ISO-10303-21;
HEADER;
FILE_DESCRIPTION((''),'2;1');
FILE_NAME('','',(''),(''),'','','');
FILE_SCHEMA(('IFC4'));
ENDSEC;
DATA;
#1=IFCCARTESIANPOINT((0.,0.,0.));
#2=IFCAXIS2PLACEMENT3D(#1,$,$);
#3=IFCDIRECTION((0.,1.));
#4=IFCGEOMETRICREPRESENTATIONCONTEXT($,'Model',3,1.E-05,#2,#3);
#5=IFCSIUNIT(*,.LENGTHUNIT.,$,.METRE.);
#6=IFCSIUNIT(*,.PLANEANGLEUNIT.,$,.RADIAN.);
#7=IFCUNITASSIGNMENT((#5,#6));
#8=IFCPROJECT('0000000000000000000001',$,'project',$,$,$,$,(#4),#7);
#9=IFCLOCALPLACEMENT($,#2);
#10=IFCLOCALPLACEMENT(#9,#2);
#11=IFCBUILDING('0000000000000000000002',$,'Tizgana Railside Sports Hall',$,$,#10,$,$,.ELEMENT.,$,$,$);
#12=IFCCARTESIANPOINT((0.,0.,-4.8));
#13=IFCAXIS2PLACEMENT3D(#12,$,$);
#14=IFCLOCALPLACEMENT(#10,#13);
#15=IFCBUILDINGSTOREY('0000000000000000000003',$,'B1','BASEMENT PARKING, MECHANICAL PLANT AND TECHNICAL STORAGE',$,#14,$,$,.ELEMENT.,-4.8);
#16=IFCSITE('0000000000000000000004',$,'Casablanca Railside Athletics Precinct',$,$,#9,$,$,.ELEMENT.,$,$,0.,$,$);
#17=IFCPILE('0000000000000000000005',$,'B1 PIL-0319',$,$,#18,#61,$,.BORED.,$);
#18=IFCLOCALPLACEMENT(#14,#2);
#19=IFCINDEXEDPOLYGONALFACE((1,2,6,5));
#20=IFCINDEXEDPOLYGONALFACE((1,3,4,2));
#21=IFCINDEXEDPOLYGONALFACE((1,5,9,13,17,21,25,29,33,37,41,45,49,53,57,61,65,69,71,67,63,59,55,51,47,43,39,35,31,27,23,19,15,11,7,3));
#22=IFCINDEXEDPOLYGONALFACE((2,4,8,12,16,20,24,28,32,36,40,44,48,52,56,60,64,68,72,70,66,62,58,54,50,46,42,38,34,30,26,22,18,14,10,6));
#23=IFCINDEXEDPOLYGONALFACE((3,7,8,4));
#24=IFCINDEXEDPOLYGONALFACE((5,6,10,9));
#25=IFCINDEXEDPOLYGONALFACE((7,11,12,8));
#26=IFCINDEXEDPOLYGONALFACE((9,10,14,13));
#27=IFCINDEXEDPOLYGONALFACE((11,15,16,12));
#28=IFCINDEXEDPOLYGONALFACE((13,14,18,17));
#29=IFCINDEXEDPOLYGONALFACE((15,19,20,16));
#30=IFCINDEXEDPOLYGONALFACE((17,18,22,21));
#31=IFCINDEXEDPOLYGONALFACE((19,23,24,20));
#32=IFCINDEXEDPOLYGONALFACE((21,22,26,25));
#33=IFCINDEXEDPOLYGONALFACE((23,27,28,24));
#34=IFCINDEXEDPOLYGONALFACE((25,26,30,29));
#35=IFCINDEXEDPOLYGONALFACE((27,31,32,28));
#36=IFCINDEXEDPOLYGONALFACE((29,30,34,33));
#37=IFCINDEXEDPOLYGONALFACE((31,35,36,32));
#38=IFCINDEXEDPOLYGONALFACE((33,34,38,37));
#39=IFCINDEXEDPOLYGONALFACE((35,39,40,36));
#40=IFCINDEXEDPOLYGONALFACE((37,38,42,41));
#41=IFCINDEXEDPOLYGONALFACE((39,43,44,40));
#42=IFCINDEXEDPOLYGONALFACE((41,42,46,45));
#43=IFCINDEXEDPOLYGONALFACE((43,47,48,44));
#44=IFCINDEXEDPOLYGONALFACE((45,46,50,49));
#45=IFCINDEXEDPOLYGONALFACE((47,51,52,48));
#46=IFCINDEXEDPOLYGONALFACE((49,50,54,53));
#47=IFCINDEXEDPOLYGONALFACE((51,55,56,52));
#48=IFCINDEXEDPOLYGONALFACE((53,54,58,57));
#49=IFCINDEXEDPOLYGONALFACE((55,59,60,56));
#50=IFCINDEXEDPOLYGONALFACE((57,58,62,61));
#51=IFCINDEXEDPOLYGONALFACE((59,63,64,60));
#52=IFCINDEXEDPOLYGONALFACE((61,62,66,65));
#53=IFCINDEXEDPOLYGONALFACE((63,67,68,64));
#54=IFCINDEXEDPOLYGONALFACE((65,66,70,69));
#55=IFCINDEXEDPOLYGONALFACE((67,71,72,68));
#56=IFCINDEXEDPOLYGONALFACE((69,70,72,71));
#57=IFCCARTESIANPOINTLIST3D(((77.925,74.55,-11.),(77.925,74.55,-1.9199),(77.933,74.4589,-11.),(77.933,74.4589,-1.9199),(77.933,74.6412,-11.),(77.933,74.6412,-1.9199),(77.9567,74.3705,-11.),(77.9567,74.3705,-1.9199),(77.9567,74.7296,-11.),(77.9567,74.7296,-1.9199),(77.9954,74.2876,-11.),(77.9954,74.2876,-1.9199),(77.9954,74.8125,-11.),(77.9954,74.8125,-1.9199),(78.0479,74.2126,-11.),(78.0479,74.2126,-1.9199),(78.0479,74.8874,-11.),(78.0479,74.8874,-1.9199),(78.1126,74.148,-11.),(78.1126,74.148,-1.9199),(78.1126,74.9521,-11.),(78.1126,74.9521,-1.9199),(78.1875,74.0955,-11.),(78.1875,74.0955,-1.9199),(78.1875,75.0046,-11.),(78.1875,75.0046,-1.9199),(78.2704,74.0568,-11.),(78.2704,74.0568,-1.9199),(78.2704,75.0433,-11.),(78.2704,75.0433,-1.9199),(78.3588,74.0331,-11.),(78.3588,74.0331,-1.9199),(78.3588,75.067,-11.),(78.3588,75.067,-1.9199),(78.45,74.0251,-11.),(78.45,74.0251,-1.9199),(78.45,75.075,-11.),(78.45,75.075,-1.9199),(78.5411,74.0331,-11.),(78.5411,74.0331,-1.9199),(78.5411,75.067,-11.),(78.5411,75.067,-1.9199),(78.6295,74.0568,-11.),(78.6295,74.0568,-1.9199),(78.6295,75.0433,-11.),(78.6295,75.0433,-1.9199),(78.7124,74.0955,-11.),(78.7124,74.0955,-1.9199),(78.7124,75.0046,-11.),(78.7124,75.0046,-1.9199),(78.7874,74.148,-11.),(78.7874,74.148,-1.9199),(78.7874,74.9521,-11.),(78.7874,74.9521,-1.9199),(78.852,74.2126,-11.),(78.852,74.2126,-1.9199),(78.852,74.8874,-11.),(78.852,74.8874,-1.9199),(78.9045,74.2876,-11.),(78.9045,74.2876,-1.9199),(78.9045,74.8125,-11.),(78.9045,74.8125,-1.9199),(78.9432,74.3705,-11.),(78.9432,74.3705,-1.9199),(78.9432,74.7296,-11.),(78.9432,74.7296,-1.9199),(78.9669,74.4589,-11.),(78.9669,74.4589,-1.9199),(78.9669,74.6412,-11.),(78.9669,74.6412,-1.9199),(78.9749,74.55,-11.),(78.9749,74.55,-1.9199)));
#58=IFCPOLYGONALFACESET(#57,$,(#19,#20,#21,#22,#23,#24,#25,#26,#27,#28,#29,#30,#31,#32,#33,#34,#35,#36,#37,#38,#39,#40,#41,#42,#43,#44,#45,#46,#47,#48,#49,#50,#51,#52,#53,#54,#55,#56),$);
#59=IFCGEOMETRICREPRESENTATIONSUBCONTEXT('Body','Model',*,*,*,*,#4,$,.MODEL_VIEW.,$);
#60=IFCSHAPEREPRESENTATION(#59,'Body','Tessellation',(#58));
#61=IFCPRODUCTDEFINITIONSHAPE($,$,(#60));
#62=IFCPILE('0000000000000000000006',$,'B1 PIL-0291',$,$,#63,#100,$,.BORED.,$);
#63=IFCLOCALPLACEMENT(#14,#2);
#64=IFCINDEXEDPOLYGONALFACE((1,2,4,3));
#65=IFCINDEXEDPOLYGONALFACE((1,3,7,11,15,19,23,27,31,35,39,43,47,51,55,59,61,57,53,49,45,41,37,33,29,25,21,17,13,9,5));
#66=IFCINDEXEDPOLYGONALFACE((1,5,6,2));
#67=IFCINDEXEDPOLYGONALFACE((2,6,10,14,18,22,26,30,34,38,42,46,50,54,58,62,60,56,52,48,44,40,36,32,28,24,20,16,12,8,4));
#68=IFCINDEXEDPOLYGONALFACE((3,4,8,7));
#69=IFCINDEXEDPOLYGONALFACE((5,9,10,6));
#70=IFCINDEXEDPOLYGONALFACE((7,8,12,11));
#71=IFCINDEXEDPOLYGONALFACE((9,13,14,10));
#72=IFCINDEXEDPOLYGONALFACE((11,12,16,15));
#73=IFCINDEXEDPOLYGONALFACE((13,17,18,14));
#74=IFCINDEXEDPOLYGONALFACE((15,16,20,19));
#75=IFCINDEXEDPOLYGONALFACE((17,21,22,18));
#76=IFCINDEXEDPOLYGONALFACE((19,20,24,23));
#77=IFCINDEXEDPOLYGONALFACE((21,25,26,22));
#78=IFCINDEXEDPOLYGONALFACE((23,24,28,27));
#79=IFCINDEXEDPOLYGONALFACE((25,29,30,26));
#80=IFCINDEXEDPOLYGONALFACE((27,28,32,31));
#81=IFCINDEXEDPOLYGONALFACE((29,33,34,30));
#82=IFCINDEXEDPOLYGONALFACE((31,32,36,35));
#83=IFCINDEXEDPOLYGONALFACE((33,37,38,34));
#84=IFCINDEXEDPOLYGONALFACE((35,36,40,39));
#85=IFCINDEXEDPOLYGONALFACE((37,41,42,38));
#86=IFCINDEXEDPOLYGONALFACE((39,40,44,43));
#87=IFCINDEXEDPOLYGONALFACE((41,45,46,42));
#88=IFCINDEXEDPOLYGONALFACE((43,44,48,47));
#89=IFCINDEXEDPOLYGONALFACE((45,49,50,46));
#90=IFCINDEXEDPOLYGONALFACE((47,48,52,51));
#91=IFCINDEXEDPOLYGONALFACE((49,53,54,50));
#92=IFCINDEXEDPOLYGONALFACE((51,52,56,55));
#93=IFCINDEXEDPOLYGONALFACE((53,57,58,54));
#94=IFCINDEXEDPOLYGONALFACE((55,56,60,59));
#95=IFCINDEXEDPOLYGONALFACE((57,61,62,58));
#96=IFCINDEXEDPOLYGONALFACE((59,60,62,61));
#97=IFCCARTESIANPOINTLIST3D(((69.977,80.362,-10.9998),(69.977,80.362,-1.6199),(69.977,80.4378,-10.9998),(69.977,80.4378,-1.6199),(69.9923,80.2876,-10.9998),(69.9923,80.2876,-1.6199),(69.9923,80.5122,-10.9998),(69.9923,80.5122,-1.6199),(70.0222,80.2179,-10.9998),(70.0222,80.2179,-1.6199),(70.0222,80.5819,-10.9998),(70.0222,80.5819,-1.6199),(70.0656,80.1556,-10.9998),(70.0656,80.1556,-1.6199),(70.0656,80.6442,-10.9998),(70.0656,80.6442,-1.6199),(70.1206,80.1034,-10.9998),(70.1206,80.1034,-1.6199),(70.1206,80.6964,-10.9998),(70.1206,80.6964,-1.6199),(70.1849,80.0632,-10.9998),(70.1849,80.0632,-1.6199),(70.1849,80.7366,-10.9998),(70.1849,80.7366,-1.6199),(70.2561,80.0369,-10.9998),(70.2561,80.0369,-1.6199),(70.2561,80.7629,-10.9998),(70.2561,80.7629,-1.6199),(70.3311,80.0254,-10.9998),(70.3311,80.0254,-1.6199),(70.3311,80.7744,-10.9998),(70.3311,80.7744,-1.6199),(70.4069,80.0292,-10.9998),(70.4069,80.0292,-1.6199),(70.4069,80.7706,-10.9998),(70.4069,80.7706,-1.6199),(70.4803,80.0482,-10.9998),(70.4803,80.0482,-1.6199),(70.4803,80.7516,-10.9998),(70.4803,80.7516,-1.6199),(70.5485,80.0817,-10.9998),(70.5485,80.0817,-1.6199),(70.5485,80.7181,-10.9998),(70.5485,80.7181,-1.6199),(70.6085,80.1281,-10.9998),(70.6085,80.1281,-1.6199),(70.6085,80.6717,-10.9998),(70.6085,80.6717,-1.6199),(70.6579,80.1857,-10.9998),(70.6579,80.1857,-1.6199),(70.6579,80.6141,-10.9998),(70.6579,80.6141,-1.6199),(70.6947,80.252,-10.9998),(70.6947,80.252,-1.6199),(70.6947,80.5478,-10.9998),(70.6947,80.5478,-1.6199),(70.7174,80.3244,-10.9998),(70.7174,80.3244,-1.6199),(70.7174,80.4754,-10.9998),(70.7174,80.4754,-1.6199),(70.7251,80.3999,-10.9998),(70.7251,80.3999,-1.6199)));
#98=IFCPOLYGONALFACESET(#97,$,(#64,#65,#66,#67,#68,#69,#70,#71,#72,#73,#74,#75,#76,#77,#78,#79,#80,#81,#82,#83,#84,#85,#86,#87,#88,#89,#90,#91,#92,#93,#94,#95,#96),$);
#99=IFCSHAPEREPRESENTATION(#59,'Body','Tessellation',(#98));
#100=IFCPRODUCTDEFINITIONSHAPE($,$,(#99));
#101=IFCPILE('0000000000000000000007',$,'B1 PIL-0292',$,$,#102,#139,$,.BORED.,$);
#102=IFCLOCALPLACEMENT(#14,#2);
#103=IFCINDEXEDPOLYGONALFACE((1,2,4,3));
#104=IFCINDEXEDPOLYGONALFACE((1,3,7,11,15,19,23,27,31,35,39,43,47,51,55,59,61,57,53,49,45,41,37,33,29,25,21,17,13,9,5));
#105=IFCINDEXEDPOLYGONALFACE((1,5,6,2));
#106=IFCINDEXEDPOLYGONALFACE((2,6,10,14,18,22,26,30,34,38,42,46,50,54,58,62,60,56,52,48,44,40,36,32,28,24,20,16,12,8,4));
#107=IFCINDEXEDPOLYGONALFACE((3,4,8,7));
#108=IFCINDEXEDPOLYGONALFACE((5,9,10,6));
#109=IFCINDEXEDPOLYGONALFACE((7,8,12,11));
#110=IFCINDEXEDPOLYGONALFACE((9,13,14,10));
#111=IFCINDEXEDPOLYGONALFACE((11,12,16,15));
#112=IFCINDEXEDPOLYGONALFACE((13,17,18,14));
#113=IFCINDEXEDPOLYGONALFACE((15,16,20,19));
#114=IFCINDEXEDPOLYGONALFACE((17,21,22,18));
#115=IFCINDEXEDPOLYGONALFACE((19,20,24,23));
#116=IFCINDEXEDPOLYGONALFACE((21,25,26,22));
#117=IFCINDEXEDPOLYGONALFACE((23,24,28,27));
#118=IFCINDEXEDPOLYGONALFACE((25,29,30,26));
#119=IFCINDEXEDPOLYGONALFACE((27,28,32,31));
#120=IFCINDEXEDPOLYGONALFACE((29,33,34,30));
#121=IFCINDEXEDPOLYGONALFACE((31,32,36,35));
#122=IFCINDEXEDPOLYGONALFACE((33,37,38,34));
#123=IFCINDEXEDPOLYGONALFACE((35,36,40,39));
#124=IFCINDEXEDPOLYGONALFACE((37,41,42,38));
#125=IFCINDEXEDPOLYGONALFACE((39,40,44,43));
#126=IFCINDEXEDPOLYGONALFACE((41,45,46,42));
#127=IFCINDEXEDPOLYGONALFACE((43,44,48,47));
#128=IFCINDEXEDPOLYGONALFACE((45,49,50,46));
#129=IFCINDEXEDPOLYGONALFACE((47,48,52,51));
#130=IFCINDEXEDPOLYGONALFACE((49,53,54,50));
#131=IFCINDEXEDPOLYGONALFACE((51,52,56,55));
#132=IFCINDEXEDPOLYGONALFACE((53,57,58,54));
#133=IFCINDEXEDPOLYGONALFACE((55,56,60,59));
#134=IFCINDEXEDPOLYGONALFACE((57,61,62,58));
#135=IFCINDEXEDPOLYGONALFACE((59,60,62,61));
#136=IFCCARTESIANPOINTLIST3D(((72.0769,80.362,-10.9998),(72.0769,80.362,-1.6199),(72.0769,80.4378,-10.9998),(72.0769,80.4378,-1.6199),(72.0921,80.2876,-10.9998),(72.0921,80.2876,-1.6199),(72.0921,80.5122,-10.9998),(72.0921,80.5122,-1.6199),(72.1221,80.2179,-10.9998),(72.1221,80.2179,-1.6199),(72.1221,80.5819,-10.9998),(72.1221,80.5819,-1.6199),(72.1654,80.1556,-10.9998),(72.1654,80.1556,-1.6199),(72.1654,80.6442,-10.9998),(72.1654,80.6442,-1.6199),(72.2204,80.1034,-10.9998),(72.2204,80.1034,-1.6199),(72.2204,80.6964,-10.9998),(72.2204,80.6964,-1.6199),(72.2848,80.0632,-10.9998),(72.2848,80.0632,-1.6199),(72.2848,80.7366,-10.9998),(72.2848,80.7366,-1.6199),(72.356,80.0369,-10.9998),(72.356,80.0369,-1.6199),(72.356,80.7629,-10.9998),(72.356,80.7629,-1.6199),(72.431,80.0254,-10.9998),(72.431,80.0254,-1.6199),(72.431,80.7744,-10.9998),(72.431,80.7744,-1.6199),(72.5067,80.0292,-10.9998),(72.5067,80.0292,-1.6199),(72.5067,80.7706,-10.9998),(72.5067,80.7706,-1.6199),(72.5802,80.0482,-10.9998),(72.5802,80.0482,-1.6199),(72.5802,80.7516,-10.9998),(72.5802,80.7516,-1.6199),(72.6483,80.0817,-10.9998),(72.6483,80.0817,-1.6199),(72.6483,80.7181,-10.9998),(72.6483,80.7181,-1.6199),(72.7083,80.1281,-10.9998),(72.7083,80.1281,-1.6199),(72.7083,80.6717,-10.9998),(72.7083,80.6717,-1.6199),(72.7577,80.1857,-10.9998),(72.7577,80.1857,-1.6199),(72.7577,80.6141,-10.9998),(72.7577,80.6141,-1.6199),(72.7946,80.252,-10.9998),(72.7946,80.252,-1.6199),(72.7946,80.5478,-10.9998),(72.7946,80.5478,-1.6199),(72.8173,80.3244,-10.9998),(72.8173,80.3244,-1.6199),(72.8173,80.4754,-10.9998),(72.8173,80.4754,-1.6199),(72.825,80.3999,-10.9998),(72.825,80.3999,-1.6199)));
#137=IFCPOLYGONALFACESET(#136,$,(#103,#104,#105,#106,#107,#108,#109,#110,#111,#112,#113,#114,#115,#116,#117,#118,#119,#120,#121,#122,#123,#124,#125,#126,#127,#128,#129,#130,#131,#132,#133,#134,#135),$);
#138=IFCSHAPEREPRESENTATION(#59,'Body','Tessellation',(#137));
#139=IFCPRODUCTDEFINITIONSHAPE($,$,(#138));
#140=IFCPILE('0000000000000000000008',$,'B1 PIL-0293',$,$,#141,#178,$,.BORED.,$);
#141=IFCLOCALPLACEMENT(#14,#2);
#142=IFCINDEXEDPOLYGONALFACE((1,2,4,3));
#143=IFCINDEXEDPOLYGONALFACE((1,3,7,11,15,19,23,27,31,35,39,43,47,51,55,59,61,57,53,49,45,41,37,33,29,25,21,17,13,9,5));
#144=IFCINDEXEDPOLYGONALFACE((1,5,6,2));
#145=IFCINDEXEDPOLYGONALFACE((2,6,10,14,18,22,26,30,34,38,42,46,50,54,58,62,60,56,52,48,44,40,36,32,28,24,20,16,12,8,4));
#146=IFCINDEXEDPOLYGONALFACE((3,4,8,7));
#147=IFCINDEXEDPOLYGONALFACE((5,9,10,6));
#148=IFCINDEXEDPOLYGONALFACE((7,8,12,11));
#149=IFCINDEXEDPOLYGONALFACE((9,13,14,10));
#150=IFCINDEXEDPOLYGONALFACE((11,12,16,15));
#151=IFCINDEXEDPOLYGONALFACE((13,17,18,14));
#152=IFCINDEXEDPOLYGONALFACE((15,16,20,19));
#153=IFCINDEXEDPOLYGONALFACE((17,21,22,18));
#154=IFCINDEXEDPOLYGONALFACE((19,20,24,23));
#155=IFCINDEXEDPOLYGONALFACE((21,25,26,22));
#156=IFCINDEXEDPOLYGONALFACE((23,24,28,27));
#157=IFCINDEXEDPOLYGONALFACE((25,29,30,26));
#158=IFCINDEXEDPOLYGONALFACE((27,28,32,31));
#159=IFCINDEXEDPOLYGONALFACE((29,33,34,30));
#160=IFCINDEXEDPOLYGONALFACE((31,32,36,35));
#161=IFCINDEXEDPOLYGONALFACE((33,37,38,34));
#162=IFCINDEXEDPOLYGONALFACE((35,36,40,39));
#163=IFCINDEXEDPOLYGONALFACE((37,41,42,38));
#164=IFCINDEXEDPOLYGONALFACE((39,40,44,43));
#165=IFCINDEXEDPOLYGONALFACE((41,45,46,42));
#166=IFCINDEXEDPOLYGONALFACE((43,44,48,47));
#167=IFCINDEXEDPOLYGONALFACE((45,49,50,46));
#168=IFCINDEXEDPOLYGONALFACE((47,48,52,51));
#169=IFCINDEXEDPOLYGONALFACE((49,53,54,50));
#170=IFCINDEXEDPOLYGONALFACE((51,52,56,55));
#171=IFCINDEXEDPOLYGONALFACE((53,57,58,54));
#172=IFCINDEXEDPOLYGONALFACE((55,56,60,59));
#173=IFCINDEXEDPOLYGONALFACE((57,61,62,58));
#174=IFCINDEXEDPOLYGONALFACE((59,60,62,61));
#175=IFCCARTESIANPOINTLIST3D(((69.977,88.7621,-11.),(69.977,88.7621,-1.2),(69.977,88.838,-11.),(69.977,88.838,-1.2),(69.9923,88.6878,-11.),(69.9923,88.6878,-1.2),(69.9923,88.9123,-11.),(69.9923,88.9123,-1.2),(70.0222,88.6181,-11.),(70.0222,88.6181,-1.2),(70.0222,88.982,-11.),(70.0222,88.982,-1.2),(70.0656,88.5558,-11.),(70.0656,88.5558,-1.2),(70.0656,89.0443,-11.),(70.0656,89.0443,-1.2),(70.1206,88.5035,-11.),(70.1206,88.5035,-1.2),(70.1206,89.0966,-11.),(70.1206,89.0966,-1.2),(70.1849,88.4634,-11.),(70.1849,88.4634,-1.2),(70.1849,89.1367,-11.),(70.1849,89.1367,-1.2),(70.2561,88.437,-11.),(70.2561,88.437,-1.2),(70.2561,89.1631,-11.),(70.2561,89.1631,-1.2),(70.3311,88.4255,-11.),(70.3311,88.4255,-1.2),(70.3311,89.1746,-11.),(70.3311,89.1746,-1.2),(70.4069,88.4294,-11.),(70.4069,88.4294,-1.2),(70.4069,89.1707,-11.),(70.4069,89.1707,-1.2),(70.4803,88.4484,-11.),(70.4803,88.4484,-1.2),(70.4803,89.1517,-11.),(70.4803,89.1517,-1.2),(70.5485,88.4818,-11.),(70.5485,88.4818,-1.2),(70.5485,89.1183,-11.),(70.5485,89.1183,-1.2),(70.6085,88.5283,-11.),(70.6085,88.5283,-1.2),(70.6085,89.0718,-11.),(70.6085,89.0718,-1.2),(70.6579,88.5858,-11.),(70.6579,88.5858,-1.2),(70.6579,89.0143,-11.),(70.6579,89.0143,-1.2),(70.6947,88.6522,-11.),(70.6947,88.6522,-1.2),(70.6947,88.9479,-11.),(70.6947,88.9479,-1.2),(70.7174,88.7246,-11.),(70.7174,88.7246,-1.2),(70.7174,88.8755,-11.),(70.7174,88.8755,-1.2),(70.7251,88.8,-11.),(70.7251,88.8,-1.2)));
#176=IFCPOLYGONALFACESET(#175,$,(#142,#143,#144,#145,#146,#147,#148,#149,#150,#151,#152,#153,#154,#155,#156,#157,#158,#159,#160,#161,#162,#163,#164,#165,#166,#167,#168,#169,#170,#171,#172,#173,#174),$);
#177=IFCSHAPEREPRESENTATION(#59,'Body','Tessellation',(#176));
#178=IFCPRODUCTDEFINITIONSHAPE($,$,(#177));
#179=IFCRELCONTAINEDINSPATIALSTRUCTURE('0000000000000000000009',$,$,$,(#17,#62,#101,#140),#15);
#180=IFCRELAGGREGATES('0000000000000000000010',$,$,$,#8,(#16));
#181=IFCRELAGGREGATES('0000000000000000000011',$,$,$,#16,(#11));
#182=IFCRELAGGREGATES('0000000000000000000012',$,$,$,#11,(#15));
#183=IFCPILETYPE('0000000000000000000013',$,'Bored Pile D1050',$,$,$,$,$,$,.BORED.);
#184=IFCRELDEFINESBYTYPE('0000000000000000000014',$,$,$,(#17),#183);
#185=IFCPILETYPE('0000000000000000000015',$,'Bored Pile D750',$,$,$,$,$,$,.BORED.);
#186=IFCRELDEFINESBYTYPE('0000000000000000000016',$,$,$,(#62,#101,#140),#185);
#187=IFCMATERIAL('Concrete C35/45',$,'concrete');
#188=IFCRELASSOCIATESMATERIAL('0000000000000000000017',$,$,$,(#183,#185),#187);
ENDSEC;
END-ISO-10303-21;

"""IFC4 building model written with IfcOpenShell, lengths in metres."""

from ifc_helpers import new_model, si_unit, direction, frame, origin, origin_2d, place, context, subcontext, project, spatial, circle, extrude, material, material_profile, profile_set, type_object, element, save


model = new_model("IFC4")

# Units and contexts
model_context = context("Model", 3, precision=1e-05, world=origin(), true_north=direction((0.0, 1.0)))
body_context = subcontext(model_context, "Body", "Model", "MODEL_VIEW")
ifc_project = project(units=[si_unit("LENGTHUNIT", "METRE"), si_unit("PLANEANGLEUNIT", "RADIAN")], contexts=[model_context])

# Site, building, storey
site_placement = place(None, origin())
site = spatial("IfcSite", under=ifc_project, at=site_placement, Name="Casablanca Railside Athletics Precinct", CompositionType="ELEMENT", RefElevation=0.0)
building_placement = place(site_placement, origin())
building = spatial("IfcBuilding", under=site, at=building_placement, Name="Tizgana Railside Sports Hall", CompositionType="ELEMENT")
storey_placement = place(building_placement, frame((0.0, 0.0, -4.8)))
storey = spatial("IfcBuildingStorey", under=building, at=storey_placement, Name="B1", Description="BASEMENT PARKING, MECHANICAL PLANT AND TECHNICAL STORAGE", CompositionType="ELEMENT", Elevation=-4.8)

# Piles
ifc_material_1 = material(Name="Concrete C35/45", Category="concrete")
ifc_material_profile_1 = material_profile(ifc_material_1, circle(Radius=0.5249, at=origin_2d()), Name="PILE D1050")
ifc_profile_set_1 = profile_set([ifc_material_profile_1], Name="Concrete C35/45")
pile_type_1 = type_object("IfcPileType", Name="Bored Pile D1050", PredefinedType="BORED", material=ifc_profile_set_1)
pile_1_placement = place(storey_placement, frame((78.45, 74.55, -1.9199), z_axis=(0.0, 0.0, -1.0), x_axis=(1.0, 0.0, 0.0)))
element("IfcPile", 1, at=pile_1_placement, inside=storey, type_object=pile_type_1, Name="B1 PIL-0319", PredefinedType="BORED", context=body_context, shape_type="SweptSolid", body=[
    extrude(circle(Radius=0.5249, at=origin_2d()), origin(), (0.0, 0.0, 1.0), 9.0801),
])
ifc_material_profile_2 = material_profile(ifc_material_1, circle(Radius=0.375, at=origin_2d()), Name="PILE D750")
ifc_profile_set_2 = profile_set([ifc_material_profile_2], Name="Concrete C35/45")
pile_type_2 = type_object("IfcPileType", Name="Bored Pile D750", PredefinedType="BORED", material=ifc_profile_set_2)
for number, where, z_axis, x_axis, name in (
    (2, (70.3501, 80.3999, -1.6199), (0.0, 0.0, -1.0), (1.0, 0.0, 0.0), "B1 PIL-0291"),
    (3, (72.45, 80.3999, -1.6199), (0.0, 0.0, -1.0), (1.0, 0.0, 0.0), "B1 PIL-0292"),
):
    element("IfcPile", number, at=place(storey_placement, frame(where, z_axis=z_axis, x_axis=x_axis)), inside=storey, type_object=pile_type_2, Name=name, PredefinedType="BORED", context=body_context, shape_type="SweptSolid", body=[
        extrude(circle(Radius=0.375, at=origin_2d()), origin(), (0.0, 0.0, 1.0), 9.3799),
    ])
for number, where, z_axis, x_axis, name in (
    (4, (70.3501, 88.8, -1.2), (0.0, 0.0, -1.0), (1.0, 0.0, 0.0), "B1 PIL-0293"),
):
    element("IfcPile", number, at=place(storey_placement, frame(where, z_axis=z_axis, x_axis=x_axis)), inside=storey, type_object=pile_type_2, Name=name, PredefinedType="BORED", context=body_context, shape_type="SweptSolid", body=[
        extrude(circle(Radius=0.375, at=origin_2d()), origin(), (0.0, 0.0, 1.0), 9.8),
    ])

save(model, "model.ifc")
